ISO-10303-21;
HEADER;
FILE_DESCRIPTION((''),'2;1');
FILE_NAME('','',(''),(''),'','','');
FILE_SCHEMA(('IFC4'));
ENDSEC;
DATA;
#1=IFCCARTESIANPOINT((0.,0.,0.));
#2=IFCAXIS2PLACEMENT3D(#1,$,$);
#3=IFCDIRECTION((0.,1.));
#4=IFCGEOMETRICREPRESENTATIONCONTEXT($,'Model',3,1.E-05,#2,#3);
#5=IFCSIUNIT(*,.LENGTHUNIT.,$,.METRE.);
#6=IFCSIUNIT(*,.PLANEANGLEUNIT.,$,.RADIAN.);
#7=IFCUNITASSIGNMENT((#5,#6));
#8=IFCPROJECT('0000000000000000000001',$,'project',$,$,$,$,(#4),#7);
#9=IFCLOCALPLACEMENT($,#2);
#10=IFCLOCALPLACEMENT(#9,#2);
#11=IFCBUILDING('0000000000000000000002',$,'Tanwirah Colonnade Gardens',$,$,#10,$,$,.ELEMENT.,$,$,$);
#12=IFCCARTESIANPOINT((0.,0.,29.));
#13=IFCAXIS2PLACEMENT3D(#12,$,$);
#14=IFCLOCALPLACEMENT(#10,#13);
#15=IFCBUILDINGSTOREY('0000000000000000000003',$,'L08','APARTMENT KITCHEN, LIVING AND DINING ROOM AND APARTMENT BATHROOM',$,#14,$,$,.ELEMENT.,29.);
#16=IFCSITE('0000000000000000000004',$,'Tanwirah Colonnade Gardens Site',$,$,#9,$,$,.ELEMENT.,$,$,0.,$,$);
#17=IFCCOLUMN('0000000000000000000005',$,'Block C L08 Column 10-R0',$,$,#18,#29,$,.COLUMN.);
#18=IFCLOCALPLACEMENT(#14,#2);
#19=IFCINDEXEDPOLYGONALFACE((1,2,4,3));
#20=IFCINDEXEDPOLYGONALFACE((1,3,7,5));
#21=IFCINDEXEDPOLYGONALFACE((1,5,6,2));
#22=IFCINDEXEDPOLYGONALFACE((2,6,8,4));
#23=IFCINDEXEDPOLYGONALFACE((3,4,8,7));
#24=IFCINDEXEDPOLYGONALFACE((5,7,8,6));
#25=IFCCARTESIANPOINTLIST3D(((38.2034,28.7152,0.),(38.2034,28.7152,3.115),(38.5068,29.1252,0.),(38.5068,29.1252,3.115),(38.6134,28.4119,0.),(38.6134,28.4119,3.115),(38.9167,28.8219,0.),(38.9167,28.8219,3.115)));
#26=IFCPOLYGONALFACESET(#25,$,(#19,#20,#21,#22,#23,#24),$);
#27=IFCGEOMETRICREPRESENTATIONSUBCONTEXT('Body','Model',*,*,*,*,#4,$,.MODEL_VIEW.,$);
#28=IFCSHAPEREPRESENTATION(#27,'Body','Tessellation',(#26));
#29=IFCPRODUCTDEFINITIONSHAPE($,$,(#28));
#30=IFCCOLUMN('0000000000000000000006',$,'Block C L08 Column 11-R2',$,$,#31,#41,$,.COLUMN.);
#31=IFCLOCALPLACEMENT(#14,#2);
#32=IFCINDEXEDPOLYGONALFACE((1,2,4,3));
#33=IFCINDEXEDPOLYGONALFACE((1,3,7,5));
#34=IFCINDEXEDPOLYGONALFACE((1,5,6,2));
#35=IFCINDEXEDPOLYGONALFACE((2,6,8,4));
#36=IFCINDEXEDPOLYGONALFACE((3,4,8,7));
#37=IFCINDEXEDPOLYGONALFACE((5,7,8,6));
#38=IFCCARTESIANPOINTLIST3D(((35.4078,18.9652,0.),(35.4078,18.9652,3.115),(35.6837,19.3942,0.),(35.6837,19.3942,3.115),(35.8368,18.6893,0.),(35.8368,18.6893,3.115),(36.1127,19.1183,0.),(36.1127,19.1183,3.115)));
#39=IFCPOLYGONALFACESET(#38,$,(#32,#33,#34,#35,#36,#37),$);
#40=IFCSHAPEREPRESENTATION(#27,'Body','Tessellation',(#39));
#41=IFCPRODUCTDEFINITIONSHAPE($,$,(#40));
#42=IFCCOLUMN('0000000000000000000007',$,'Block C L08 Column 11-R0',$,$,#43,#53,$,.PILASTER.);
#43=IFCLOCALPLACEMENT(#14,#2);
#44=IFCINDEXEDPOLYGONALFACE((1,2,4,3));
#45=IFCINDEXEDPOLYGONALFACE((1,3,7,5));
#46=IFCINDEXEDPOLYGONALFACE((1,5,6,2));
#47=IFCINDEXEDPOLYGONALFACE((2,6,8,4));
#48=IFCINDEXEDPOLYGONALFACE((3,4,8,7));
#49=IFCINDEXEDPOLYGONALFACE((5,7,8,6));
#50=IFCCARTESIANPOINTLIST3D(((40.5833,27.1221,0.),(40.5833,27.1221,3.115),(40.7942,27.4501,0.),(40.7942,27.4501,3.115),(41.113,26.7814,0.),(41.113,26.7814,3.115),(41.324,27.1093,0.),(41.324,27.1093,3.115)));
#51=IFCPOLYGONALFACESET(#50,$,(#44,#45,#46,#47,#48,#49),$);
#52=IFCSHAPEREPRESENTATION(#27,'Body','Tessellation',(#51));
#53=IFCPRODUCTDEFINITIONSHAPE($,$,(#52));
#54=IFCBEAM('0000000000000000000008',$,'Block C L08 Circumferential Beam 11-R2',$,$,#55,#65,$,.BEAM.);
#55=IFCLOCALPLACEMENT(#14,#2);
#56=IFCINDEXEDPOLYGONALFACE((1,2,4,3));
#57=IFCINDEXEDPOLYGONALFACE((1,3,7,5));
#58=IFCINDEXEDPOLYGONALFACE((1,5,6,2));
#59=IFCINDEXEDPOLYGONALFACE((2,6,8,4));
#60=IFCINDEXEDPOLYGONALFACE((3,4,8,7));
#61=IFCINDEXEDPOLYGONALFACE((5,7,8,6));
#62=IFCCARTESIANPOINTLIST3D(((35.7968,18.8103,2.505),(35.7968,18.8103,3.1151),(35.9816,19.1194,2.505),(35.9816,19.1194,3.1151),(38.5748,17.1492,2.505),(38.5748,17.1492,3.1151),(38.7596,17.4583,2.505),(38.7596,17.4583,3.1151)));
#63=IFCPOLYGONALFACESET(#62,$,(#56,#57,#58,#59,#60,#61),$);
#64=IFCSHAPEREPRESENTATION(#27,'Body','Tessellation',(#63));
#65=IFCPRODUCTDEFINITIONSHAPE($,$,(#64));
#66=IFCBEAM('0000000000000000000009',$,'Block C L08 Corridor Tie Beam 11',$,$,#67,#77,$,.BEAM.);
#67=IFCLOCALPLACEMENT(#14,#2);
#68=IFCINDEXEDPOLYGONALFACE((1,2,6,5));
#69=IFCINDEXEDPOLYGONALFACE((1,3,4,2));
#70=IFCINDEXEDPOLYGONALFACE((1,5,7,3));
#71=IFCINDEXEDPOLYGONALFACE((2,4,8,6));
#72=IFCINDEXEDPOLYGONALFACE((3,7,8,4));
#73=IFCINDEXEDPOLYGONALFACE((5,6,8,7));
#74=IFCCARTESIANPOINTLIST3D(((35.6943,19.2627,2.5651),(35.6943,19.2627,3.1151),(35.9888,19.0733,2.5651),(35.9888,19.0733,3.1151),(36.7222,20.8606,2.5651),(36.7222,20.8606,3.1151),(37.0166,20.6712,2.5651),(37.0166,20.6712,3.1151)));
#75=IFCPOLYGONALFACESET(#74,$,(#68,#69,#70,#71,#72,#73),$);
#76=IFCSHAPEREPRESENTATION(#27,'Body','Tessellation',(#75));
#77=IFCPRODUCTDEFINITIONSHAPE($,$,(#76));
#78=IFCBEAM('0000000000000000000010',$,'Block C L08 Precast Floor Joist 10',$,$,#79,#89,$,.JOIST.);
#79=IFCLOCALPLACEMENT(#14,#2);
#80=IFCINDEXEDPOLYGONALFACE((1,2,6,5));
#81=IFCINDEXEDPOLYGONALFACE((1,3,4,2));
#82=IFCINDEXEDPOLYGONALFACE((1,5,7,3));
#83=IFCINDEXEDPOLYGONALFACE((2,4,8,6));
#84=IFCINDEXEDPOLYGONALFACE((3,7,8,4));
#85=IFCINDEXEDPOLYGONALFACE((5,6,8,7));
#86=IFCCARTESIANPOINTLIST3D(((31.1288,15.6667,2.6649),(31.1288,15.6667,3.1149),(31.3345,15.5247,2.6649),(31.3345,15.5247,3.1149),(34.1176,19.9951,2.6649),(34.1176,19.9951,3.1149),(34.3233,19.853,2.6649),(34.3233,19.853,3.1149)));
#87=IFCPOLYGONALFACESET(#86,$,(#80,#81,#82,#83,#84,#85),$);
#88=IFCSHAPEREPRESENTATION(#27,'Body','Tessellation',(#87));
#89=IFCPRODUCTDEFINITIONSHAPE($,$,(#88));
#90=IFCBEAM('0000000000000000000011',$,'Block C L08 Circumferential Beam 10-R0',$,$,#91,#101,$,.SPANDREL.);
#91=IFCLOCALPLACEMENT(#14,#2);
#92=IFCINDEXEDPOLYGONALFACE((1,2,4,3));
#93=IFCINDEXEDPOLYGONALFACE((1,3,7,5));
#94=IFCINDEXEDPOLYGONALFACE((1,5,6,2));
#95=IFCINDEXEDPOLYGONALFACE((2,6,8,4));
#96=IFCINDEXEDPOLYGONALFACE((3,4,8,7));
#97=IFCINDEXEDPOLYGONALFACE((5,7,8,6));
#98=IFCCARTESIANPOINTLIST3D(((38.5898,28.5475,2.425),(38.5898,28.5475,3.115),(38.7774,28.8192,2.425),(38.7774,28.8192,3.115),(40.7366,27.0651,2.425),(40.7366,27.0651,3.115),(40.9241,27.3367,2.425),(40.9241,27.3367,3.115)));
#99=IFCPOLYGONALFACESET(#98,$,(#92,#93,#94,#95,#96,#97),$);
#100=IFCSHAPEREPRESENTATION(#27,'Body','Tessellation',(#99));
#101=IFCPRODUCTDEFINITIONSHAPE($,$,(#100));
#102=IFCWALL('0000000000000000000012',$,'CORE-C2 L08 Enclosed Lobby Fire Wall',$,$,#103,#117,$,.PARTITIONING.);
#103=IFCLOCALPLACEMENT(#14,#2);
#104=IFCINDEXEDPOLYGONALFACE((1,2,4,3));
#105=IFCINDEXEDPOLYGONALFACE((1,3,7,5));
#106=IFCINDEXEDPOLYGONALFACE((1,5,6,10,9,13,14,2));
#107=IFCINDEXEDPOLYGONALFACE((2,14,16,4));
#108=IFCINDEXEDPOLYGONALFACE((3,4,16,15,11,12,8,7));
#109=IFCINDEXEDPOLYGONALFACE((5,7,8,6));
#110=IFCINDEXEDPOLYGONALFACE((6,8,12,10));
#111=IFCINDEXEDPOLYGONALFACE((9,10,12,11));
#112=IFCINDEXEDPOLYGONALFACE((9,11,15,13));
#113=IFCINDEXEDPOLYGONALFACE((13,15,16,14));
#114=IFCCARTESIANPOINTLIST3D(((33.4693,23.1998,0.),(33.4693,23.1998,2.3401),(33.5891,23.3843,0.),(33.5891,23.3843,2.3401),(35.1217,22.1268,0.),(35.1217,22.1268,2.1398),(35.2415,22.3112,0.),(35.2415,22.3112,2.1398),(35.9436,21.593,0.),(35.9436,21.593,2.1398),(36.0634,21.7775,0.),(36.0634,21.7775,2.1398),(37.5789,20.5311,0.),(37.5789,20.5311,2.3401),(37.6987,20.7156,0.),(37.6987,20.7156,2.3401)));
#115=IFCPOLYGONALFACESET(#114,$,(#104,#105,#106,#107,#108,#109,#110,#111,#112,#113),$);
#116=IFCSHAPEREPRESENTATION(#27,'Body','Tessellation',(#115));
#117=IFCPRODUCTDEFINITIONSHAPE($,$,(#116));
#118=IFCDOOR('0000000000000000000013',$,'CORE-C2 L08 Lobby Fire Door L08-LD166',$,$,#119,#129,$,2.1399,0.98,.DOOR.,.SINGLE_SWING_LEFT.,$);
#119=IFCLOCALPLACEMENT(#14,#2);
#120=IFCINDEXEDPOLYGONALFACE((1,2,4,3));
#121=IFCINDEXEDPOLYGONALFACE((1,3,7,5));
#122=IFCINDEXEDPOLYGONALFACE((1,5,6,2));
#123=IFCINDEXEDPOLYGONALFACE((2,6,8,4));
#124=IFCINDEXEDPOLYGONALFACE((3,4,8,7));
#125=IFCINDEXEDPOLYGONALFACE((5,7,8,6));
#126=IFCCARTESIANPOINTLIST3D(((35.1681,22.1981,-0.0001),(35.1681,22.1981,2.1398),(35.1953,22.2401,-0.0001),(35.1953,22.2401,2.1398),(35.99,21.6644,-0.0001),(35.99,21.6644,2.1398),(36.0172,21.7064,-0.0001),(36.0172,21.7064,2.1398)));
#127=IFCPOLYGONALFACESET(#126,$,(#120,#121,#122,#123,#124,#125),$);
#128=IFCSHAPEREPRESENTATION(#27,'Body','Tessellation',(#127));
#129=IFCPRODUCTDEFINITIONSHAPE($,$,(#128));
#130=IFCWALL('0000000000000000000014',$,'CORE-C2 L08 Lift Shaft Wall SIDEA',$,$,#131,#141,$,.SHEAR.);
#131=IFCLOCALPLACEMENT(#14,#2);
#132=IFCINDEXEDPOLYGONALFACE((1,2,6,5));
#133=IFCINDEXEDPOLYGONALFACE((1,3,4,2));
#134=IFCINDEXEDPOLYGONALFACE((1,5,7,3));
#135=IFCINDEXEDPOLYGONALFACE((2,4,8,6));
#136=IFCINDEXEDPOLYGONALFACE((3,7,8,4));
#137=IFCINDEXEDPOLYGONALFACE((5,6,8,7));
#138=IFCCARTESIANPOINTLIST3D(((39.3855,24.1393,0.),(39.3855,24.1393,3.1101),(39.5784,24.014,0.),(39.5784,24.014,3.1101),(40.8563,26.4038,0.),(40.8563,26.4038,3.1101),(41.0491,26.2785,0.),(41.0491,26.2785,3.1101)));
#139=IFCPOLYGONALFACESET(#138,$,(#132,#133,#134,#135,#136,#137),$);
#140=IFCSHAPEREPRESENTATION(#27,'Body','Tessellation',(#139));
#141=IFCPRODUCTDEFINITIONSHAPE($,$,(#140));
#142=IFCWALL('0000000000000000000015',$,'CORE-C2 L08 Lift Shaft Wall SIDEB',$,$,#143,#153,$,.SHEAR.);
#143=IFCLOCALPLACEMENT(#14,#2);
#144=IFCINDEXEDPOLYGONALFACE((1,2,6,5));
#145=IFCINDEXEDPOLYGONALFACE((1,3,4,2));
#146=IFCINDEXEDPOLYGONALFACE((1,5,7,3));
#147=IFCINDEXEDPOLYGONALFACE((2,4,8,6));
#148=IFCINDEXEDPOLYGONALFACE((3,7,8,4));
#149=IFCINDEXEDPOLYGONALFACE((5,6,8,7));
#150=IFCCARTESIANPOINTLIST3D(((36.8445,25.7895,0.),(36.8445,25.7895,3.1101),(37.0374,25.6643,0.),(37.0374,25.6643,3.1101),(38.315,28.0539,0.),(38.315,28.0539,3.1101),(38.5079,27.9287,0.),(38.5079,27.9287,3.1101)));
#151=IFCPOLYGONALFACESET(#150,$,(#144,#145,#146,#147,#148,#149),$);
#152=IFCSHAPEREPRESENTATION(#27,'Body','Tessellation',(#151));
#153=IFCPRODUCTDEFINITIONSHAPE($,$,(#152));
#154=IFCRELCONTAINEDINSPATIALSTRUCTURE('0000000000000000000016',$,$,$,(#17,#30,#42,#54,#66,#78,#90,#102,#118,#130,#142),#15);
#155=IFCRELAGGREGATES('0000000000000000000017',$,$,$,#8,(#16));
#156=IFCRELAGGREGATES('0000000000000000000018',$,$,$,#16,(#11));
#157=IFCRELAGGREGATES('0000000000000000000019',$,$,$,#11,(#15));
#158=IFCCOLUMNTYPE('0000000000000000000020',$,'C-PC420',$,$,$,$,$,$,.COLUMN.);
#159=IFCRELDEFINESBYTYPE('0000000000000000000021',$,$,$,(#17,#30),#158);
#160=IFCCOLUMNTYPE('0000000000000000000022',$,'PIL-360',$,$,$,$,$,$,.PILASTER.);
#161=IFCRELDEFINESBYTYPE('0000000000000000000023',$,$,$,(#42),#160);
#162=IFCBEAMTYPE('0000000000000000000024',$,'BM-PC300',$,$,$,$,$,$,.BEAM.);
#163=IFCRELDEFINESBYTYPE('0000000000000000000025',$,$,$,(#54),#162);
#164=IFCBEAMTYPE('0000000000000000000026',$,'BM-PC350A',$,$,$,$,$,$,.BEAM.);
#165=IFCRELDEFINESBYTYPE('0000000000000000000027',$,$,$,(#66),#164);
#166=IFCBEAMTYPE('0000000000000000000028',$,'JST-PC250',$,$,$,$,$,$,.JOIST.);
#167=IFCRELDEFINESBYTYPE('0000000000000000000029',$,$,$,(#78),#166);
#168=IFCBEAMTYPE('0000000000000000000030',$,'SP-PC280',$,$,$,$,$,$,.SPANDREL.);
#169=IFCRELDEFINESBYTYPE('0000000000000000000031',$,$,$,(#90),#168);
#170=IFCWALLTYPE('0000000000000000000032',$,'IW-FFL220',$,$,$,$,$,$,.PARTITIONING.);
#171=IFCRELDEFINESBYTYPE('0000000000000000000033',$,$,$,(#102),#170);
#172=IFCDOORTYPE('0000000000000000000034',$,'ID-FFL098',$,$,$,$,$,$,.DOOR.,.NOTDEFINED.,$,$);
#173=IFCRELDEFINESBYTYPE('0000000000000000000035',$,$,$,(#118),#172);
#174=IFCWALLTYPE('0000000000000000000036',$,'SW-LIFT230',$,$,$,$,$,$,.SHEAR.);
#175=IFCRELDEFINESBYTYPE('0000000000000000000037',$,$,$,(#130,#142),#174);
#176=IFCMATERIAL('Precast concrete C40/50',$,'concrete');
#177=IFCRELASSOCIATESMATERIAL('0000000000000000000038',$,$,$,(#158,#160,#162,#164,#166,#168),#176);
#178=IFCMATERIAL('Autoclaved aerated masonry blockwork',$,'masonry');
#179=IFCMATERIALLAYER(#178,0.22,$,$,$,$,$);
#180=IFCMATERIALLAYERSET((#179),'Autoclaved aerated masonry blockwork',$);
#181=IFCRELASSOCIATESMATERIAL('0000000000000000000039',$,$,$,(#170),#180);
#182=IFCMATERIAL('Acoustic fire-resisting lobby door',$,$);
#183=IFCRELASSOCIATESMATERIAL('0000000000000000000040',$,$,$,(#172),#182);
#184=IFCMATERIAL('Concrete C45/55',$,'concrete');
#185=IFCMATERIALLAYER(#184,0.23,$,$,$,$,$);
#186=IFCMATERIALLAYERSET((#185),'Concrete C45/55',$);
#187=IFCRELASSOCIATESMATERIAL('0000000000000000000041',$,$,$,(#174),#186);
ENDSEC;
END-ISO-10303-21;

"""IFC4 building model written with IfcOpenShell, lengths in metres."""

from ifc_helpers import new_model, si_unit, direction, frame, frame_2d, origin, origin_2d, place, context, subcontext, project, spatial, rectangle, extrude, material, layer, layer_set, material_profile, profile_set, type_object, element, fill, save


model = new_model("IFC4")

# Units and contexts
model_context = context("Model", 3, precision=1e-05, world=origin(), true_north=direction((0.0, 1.0)))
body_context = subcontext(model_context, "Body", "Model", "MODEL_VIEW")
ifc_project = project(units=[si_unit("LENGTHUNIT", "METRE"), si_unit("PLANEANGLEUNIT", "RADIAN")], contexts=[model_context])

# Site, building, storey
site_placement = place(None, origin())
site = spatial("IfcSite", under=ifc_project, at=site_placement, Name="Tanwirah Colonnade Gardens Site", CompositionType="ELEMENT", RefElevation=0.0)
building_placement = place(site_placement, origin())
building = spatial("IfcBuilding", under=site, at=building_placement, Name="Tanwirah Colonnade Gardens", CompositionType="ELEMENT")
storey_placement = place(building_placement, frame((0.0, 0.0, 29.0)))
storey = spatial("IfcBuildingStorey", under=building, at=storey_placement, Name="L08", Description="APARTMENT KITCHEN, LIVING AND DINING ROOM AND APARTMENT BATHROOM", CompositionType="ELEMENT", Elevation=29.0)

# Columns
ifc_material_1 = material(Name="Precast concrete C40/50", Category="concrete")
ifc_material_profile_1 = material_profile(ifc_material_1, rectangle(XDim=0.51, YDim=0.51, at=origin_2d()), Name="PC-COL 510x510")
ifc_profile_set_1 = profile_set([ifc_material_profile_1], Name="Precast concrete C40/50")
column_type_1 = type_object("IfcColumnType", Name="C-PC420", PredefinedType="COLUMN", material=ifc_profile_set_1)
for number, where, z_axis, x_axis, name in (
    (1, (38.5601, 28.7686, 0.0), (0.0, 0.0, 1.0), (-0.594823, -0.803857, 0.0), "Block C L08 Column 10-R0"),
    (2, (35.7603, 19.0417, 0.0), (0.0, 0.0, 1.0), (-0.540974, -0.841039, 0.0), "Block C L08 Column 11-R2"),
):
    element("IfcColumn", number, at=place(storey_placement, frame(where, z_axis=z_axis, x_axis=x_axis)), inside=storey, type_object=column_type_1, Name=name, PredefinedType="COLUMN", context=body_context, shape_type="SweptSolid", body=[
        extrude(rectangle(XDim=0.51, YDim=0.51, at=origin_2d()), origin(), (0.0, 0.0, 1.0), 3.115),
    ])
ifc_material_profile_2 = material_profile(ifc_material_1, rectangle(XDim=0.3899, YDim=0.6299, at=origin_2d()), Name="PC-PIL 390x630")
ifc_profile_set_2 = profile_set([ifc_material_profile_2], Name="Precast concrete C40/50")
column_type_2 = type_object("IfcColumnType", Name="PIL-360", PredefinedType="PILASTER", material=ifc_profile_set_2)
column_placement = place(storey_placement, frame((40.9536, 27.1157, 0.0), z_axis=(0.0, 0.0, 1.0), x_axis=(-0.540974, -0.841039, 0.0)))
element("IfcColumn", 3, at=column_placement, inside=storey, type_object=column_type_2, Name="Block C L08 Column 11-R0", PredefinedType="PILASTER", context=body_context, shape_type="SweptSolid", body=[
    extrude(rectangle(XDim=0.3899, YDim=0.6299, at=origin_2d()), origin(), (0.0, 0.0, 1.0), 3.115),
])

# Beams
ifc_material_profile_3 = material_profile(ifc_material_1, rectangle(XDim=0.3601, YDim=0.6101, at=origin_2d()), Name="PC-BM 360x610")
ifc_profile_set_3 = profile_set([ifc_material_profile_3], Name="Precast concrete C40/50")
beam_type_1 = type_object("IfcBeamType", Name="BM-PC300", PredefinedType="BEAM", material=ifc_profile_set_3)
beam_1_placement = place(storey_placement, frame((35.8892, 18.9648, 2.8101), z_axis=(0.858271, -0.513197, 0.0), x_axis=(0.513197, 0.858271, 0.0)))
element("IfcBeam", 4, at=beam_1_placement, inside=storey, type_object=beam_type_1, Name="Block C L08 Circumferential Beam 11-R2", PredefinedType="BEAM", context=body_context, shape_type="SweptSolid", body=[
    extrude(rectangle(XDim=0.3601, YDim=0.6101, at=origin_2d()), origin(), (0.0, 0.0, 1.0), 3.2368),
])
ifc_material_profile_4 = material_profile(ifc_material_1, rectangle(XDim=0.3501, YDim=0.55, at=origin_2d()), Name="PC-BM 350x550")
ifc_profile_set_4 = profile_set([ifc_material_profile_4], Name="Precast concrete C40/50")
beam_type_2 = type_object("IfcBeamType", Name="BM-PC350A", PredefinedType="BEAM", material=ifc_profile_set_4)
beam_2_placement = place(storey_placement, frame((36.8694, 20.7659, 2.8401), z_axis=(-0.540985, -0.841032, 0.0), x_axis=(0.841032, -0.540985, 0.0)))
element("IfcBeam", 5, at=beam_2_placement, inside=storey, type_object=beam_type_2, Name="Block C L08 Corridor Tie Beam 11", PredefinedType="BEAM", context=body_context, shape_type="SweptSolid", body=[
    extrude(rectangle(XDim=0.3501, YDim=0.55, at=origin_2d()), origin(), (0.0, 0.0, 1.0), 1.8999),
])
ifc_material_profile_5 = material_profile(ifc_material_1, rectangle(XDim=0.25, YDim=0.45, at=origin_2d()), Name="PC-JST 250x450")
ifc_profile_set_5 = profile_set([ifc_material_profile_5], Name="Precast concrete C40/50")
beam_type_3 = type_object("IfcBeamType", Name="JST-PC250", PredefinedType="JOIST", material=ifc_profile_set_5)
beam_3_placement = place(storey_placement, frame((34.2205, 19.9241, 2.8899), z_axis=(-0.568208, -0.822885, 0.0), x_axis=(0.822885, -0.568208, 0.0)))
element("IfcBeam", 6, at=beam_3_placement, inside=storey, type_object=beam_type_3, Name="Block C L08 Precast Floor Joist 10", PredefinedType="JOIST", context=body_context, shape_type="SweptSolid", body=[
    extrude(rectangle(XDim=0.25, YDim=0.45, at=origin_2d()), origin(), (0.0, 0.0, 1.0), 5.26),
])
ifc_material_profile_6 = material_profile(ifc_material_1, rectangle(XDim=0.3301, YDim=0.6899, at=origin_2d()), Name="PC-SP 330x690")
ifc_profile_set_6 = profile_set([ifc_material_profile_6], Name="Precast concrete C40/50")
beam_type_4 = type_object("IfcBeamType", Name="SP-PC280", PredefinedType="SPANDREL", material=ifc_profile_set_6)
beam_4_placement = place(storey_placement, frame((38.6836, 28.6833, 2.77), z_axis=(0.822869, -0.568231, 0.0), x_axis=(0.568231, 0.822869, 0.0)))
element("IfcBeam", 7, at=beam_4_placement, inside=storey, type_object=beam_type_4, Name="Block C L08 Circumferential Beam 10-R0", PredefinedType="SPANDREL", context=body_context, shape_type="SweptSolid", body=[
    extrude(rectangle(XDim=0.3301, YDim=0.6899, at=origin_2d()), origin(), (0.0, 0.0, 1.0), 2.6089),
])

# Wall, opening, door
ifc_material_2 = material(Name="Autoclaved aerated masonry blockwork", Category="masonry")
ifc_layer_1 = layer(ifc_material_2, 0.22)
ifc_layer_set_1 = layer_set([ifc_layer_1], Name="Autoclaved aerated masonry blockwork")
wall_type_1 = type_object("IfcWallType", Name="IW-FFL220", PredefinedType="PARTITIONING", material=ifc_layer_set_1)
wall_1_placement = place(storey_placement, frame((37.6389, 20.6233, 0.0), z_axis=(0.0, 0.0, 1.0), x_axis=(-0.838681, 0.544622, 0.0)))
wall_1 = element("IfcWall", 8, at=wall_1_placement, inside=storey, type_object=wall_type_1, Name="CORE-C2 L08 Enclosed Lobby Fire Wall", PredefinedType="PARTITIONING", context=body_context, shape_type="SweptSolid", body=[
    extrude(rectangle(XDim=4.9001, YDim=0.22, at=frame_2d((2.4502, 0.0))), origin(), (0.0, 0.0, 1.0), 2.3401),
])
opening_1_placement = place(wall_1_placement, frame((1.95, 0.0, 0.0)))
opening_1 = element("IfcOpeningElement", 9, at=opening_1_placement, cuts=wall_1, PredefinedType="OPENING", context=body_context, shape_type="SweptSolid", body=[
    extrude(rectangle(XDim=0.98, YDim=2.1399, at=frame_2d((0.49, 1.0698))), frame((0.0, 0.1199, 0.0), z_axis=(0.0, -1.0, 0.0), x_axis=(1.0, 0.0, 0.0)), (0.0, 0.0, 1.0), 0.24),
])
ifc_material_3 = material(Name="Acoustic fire-resisting lobby door")
door_type_1 = type_object("IfcDoorType", Name="ID-FFL098", OperationType="NOTDEFINED", PredefinedType="DOOR", material=ifc_material_3)
door_1_placement = place(opening_1_placement, origin())
door_1 = element("IfcDoor", 10, at=door_1_placement, inside=storey, type_object=door_type_1, Name="CORE-C2 L08 Lobby Fire Door L08-LD166", OperationType="SINGLE_SWING_LEFT", OverallHeight=2.1399, OverallWidth=0.98, PredefinedType="DOOR", context=body_context, shape_type="SweptSolid", body=[
    extrude(rectangle(XDim=0.98, YDim=2.1399, at=frame_2d((0.49, 1.0698))), frame((0.0, 0.0249, 0.0), z_axis=(0.0, -1.0, 0.0), x_axis=(1.0, 0.0, 0.0)), (0.0, 0.0, 1.0), 0.05),
])
fill(opening_1, door_1)
ifc_material_4 = material(Name="Concrete C45/55", Category="concrete")
ifc_layer_2 = layer(ifc_material_4, 0.23)
ifc_layer_set_2 = layer_set([ifc_layer_2], Name="Concrete C45/55")
wall_type_2 = type_object("IfcWallType", Name="SW-LIFT230", PredefinedType="SHEAR", material=ifc_layer_set_2)

# Walls
wall_2_placement = place(storey_placement, frame((39.4819, 24.0767, 0.0), z_axis=(0.0, 0.0, 1.0), x_axis=(0.544686, 0.83864, 0.0)))
element("IfcWall", 11, at=wall_2_placement, inside=storey, type_object=wall_type_2, Name="CORE-C2 L08 Lift Shaft Wall SIDEA", PredefinedType="SHEAR", context=body_context, shape_type="SweptSolid", body=[
    extrude(rectangle(XDim=2.7002, YDim=0.23, at=frame_2d((1.3501, 0.0))), origin(), (0.0, 0.0, 1.0), 3.1101),
])
wall_3_placement = place(storey_placement, frame((36.9409, 25.7268, 0.0), z_axis=(0.0, 0.0, 1.0), x_axis=(0.544623, 0.838681, 0.0)))
element("IfcWall", 12, at=wall_3_placement, inside=storey, type_object=wall_type_2, Name="CORE-C2 L08 Lift Shaft Wall SIDEB", PredefinedType="SHEAR", context=body_context, shape_type="SweptSolid", body=[
    extrude(rectangle(XDim=2.7, YDim=0.23, at=frame_2d((1.3501, 0.0))), origin(), (0.0, 0.0, 1.0), 3.1101),
])

save(model, "model.ifc")
